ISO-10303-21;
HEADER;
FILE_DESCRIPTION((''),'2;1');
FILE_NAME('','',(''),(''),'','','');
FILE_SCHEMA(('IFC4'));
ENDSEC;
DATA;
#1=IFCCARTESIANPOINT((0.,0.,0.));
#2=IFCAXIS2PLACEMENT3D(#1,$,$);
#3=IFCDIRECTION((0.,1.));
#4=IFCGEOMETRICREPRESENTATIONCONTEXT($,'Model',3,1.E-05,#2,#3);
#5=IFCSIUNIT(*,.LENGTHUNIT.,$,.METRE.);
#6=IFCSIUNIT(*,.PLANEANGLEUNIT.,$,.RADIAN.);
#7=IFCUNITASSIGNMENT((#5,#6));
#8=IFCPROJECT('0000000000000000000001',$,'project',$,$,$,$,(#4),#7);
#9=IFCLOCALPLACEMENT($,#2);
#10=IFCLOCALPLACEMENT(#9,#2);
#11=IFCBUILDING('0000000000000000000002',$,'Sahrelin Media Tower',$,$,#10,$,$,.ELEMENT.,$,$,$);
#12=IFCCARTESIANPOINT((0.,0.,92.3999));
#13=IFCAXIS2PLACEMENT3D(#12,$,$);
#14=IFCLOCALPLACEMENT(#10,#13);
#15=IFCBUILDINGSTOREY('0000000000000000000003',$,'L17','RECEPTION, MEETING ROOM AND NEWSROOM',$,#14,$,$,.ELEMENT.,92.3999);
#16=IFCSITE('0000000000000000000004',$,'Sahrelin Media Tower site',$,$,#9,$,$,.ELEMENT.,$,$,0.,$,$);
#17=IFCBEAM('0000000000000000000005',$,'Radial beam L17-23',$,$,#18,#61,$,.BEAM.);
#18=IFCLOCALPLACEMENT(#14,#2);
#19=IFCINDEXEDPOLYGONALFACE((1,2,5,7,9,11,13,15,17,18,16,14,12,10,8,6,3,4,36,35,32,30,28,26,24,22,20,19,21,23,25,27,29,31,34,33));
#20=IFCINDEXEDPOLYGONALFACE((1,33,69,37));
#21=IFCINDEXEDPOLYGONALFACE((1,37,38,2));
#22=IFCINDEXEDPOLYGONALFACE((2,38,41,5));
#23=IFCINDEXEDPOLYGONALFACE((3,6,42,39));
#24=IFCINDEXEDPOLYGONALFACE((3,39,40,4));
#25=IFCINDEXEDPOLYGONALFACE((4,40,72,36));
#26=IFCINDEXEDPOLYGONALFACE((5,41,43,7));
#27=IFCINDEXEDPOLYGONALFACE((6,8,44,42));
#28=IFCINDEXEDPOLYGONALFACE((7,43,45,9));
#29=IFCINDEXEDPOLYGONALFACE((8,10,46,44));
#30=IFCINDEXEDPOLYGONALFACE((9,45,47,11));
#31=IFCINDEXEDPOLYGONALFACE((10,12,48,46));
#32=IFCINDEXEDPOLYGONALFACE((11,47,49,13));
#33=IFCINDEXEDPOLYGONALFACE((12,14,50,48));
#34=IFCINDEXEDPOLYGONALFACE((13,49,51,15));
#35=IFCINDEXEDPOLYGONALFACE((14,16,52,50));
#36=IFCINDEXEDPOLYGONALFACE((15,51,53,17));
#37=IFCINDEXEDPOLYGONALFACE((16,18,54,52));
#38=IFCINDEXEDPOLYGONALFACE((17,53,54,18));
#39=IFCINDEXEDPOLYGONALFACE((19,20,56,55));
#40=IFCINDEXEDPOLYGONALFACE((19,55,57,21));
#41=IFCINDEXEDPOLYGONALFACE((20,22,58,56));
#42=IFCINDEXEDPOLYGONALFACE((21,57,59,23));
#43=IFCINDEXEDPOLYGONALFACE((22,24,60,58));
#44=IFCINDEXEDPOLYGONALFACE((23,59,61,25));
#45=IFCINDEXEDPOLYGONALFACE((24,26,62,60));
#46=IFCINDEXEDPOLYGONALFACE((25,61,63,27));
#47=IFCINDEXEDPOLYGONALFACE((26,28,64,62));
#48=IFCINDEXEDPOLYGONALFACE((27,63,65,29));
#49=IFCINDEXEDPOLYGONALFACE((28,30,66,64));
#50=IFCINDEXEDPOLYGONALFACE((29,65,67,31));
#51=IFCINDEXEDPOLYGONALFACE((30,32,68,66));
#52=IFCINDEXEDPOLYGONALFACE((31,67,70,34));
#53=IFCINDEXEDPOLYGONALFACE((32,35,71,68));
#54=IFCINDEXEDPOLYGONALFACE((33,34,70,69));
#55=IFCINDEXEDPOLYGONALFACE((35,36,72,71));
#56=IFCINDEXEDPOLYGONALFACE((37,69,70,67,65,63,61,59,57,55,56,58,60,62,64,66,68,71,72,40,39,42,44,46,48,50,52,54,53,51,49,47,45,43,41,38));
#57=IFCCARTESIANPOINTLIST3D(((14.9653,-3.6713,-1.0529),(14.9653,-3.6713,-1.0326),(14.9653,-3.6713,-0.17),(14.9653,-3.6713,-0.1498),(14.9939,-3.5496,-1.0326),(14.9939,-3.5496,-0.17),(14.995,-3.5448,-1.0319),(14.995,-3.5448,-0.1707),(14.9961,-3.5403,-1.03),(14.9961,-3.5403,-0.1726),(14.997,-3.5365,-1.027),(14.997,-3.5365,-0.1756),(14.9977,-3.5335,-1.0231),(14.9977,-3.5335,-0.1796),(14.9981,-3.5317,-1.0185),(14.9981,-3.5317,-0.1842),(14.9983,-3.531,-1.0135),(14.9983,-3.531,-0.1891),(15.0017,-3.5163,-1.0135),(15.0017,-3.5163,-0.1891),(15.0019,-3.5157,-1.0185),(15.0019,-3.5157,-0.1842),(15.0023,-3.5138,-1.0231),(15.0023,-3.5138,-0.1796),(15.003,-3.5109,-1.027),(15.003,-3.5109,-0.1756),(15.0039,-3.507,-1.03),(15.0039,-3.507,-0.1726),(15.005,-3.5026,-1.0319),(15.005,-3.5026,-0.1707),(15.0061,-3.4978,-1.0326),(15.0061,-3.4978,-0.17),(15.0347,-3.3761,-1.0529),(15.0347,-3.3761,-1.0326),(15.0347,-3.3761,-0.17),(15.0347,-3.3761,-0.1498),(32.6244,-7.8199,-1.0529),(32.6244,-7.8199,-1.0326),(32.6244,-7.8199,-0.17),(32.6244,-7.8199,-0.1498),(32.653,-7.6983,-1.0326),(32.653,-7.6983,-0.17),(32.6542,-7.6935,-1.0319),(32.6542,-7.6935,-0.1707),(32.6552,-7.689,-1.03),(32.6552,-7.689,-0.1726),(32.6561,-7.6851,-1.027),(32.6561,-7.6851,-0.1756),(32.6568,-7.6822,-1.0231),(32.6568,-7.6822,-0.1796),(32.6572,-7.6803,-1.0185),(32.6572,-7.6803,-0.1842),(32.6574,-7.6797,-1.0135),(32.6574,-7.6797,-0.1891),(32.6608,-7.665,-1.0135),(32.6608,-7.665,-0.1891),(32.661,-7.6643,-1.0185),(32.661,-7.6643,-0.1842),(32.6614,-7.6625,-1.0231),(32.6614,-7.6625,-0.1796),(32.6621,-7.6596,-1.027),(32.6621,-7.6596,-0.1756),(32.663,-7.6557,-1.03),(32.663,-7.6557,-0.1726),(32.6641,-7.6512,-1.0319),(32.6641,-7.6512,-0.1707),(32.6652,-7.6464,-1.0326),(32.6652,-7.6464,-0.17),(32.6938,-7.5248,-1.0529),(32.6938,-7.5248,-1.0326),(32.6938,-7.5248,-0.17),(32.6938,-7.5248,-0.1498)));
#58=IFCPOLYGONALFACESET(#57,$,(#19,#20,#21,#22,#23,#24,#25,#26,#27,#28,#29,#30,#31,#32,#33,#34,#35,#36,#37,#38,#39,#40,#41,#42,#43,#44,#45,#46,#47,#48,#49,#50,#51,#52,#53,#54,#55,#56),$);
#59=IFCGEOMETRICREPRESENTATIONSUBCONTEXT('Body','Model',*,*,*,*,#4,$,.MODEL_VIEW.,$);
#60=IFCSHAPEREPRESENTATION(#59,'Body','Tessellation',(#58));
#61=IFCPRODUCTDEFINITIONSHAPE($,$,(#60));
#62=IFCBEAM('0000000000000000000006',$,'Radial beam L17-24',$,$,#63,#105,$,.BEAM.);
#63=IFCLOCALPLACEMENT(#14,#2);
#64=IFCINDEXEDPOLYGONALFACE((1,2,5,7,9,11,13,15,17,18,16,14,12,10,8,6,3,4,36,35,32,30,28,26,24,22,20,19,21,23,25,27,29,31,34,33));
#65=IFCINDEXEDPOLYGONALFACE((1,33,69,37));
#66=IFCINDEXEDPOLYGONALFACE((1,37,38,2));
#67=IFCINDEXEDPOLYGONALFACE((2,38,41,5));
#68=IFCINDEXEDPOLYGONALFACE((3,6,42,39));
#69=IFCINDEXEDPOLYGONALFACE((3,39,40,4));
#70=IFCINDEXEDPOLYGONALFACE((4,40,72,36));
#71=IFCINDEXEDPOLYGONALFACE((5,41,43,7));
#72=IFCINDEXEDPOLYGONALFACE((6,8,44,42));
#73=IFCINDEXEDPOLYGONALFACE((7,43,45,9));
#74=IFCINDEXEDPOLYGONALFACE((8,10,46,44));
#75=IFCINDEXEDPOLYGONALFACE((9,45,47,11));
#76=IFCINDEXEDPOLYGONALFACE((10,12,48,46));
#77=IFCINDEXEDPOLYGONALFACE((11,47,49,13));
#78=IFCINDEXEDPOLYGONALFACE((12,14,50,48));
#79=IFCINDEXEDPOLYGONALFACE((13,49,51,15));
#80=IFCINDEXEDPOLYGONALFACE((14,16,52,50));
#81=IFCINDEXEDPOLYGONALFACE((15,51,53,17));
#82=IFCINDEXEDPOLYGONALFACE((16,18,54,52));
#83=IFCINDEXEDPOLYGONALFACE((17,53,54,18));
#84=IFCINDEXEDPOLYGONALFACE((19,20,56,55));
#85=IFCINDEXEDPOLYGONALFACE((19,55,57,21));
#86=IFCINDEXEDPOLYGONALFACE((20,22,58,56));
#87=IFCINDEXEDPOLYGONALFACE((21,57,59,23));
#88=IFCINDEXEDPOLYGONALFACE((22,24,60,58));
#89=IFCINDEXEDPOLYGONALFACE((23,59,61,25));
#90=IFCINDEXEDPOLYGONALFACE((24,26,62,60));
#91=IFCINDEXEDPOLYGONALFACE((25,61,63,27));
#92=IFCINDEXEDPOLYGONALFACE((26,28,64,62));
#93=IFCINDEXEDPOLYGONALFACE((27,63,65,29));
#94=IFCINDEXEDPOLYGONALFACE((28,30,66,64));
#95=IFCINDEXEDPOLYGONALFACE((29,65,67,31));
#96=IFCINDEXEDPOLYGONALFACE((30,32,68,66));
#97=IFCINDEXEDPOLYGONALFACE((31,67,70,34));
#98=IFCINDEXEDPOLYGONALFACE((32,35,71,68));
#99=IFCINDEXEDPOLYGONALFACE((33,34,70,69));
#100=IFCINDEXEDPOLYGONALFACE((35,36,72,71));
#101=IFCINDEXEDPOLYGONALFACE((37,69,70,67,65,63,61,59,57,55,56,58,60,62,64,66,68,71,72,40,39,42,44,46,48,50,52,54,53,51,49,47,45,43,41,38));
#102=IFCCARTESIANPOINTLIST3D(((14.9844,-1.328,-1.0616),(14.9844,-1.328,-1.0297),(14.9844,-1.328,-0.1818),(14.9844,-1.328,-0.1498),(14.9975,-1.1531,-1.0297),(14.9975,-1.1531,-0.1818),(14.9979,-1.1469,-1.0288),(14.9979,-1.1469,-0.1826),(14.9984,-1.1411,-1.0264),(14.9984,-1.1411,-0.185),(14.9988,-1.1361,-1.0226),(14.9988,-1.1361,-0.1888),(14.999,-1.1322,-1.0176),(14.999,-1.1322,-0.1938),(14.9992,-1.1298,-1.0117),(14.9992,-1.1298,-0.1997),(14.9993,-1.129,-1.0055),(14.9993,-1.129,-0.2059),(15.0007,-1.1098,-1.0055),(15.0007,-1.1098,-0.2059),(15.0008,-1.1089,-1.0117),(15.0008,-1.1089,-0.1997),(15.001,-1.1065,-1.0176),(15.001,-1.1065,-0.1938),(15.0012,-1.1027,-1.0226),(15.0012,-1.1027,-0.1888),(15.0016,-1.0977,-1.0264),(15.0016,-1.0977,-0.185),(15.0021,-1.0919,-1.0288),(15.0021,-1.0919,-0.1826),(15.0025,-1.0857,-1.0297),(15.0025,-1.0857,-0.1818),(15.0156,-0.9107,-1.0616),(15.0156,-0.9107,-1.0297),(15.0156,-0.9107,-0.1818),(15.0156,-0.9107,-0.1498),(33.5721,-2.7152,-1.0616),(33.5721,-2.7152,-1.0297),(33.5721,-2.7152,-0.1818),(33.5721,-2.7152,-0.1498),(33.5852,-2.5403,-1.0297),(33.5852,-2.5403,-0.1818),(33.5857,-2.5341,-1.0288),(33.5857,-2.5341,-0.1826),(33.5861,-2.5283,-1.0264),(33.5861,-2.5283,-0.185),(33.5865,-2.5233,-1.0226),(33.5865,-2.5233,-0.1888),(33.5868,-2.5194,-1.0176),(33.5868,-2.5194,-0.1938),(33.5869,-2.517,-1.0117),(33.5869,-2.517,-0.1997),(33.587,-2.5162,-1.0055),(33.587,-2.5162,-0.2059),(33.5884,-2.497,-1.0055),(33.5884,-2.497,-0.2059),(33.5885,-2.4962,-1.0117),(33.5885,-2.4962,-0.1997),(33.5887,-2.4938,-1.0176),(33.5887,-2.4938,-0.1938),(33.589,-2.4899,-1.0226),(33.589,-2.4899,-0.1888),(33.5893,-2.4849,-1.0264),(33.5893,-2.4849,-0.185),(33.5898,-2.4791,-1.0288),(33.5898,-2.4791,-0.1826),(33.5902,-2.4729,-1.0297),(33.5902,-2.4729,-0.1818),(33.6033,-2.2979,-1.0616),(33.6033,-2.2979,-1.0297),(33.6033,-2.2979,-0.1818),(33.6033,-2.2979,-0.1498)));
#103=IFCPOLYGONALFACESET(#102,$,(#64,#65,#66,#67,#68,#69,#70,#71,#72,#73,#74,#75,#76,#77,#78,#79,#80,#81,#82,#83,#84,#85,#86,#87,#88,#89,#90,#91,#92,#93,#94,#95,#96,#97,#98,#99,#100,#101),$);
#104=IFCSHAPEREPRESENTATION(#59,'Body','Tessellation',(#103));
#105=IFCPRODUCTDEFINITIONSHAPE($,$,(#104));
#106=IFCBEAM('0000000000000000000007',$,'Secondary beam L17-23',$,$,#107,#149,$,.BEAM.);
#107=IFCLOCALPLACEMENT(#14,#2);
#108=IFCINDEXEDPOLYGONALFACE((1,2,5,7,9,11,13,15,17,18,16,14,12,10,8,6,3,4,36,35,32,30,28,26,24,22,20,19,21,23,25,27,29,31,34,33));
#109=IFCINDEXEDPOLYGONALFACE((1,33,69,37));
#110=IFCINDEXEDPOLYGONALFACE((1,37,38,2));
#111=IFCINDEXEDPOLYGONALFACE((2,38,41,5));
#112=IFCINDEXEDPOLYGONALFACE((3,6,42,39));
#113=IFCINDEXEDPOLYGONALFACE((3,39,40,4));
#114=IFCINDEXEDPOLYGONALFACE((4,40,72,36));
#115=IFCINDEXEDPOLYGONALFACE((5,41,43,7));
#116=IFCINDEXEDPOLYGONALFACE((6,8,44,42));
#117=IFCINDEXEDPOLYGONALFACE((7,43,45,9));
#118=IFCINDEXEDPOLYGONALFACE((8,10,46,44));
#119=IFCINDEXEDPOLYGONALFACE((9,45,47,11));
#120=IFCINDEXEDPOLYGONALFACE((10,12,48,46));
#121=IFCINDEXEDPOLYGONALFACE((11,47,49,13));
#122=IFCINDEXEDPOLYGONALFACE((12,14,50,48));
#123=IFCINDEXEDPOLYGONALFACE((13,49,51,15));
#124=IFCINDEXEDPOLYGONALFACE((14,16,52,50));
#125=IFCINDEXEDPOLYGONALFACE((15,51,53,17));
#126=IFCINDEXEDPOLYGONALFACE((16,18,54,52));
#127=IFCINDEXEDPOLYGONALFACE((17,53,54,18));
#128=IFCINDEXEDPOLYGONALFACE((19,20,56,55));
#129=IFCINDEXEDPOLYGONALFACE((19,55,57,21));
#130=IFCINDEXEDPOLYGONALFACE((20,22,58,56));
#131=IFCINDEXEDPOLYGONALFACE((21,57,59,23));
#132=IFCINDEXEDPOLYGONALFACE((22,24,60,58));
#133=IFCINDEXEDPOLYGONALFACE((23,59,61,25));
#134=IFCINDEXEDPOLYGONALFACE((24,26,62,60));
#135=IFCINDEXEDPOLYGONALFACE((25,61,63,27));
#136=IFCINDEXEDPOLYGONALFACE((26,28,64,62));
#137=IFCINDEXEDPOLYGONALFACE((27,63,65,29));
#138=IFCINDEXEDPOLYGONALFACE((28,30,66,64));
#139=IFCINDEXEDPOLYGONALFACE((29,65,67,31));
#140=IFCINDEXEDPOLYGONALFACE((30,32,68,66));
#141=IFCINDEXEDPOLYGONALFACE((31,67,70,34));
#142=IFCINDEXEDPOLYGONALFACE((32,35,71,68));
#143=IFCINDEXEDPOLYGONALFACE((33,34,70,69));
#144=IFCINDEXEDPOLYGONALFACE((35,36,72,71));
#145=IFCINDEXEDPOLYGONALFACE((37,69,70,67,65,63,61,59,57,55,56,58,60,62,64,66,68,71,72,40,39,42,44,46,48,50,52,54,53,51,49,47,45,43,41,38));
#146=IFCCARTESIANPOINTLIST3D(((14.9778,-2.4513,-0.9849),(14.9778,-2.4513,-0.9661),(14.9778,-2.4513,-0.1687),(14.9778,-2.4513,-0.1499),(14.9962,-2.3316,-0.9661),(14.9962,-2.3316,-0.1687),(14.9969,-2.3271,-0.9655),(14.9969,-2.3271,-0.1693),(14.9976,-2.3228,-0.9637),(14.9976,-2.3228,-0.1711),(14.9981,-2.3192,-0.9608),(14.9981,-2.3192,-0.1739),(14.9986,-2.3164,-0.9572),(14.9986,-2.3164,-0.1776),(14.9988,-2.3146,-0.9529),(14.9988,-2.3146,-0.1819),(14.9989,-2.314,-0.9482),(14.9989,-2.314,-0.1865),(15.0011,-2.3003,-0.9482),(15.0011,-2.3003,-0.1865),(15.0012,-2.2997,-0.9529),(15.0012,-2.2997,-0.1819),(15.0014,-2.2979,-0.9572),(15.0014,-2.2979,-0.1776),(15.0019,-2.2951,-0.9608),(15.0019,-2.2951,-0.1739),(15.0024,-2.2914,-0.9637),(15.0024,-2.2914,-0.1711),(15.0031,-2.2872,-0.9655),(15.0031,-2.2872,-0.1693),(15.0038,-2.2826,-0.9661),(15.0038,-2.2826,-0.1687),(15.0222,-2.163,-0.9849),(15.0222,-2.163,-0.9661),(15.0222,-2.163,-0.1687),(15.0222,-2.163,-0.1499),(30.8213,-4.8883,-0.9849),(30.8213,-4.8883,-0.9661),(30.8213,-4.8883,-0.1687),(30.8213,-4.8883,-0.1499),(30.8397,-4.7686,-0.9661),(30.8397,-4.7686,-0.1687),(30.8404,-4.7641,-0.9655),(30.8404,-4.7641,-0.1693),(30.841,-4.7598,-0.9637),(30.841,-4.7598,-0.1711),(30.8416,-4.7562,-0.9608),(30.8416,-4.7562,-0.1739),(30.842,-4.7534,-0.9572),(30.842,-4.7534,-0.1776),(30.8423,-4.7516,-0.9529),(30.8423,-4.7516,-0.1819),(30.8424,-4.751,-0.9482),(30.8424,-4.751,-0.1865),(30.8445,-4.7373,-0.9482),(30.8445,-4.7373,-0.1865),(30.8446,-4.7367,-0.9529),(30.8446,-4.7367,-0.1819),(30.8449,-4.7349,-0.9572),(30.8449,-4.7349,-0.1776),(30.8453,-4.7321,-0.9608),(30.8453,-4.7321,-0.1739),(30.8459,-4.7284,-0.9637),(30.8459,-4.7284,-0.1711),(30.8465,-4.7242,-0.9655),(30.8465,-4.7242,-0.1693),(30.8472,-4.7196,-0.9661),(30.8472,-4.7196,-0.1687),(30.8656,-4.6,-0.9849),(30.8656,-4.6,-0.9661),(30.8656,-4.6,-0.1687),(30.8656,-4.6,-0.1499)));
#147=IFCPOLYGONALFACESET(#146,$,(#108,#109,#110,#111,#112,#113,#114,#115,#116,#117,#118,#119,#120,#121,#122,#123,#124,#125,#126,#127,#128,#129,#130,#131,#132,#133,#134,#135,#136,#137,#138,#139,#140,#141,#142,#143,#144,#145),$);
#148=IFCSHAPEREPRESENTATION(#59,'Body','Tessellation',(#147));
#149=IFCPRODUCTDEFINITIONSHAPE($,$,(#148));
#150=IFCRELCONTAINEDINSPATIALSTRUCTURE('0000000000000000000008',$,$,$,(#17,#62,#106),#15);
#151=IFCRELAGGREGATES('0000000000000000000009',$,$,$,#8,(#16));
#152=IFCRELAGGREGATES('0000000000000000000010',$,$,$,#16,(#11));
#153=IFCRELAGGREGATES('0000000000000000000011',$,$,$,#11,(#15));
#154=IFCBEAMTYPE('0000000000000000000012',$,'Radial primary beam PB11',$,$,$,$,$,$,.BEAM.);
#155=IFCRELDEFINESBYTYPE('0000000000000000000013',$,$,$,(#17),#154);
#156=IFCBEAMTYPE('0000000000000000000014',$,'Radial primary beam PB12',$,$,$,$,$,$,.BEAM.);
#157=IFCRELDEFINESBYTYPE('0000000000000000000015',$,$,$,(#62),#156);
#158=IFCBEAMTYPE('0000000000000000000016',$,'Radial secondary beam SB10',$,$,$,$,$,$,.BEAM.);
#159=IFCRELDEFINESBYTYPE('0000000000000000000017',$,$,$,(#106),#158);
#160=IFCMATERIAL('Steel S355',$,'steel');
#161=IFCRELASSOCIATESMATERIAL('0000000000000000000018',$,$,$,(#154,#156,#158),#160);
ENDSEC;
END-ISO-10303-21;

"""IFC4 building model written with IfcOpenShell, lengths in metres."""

from ifc_helpers import new_model, si_unit, direction, frame, origin, origin_2d, place, context, subcontext, project, spatial, i_section, extrude, material, material_profile, profile_set, type_object, element, save


model = new_model("IFC4")

# Units and contexts
model_context = context("Model", 3, precision=1e-05, world=origin(), true_north=direction((0.0, 1.0)))
body_context = subcontext(model_context, "Body", "Model", "MODEL_VIEW")
ifc_project = project(units=[si_unit("LENGTHUNIT", "METRE"), si_unit("PLANEANGLEUNIT", "RADIAN")], contexts=[model_context])

# Site, building, storey
site_placement = place(None, origin())
site = spatial("IfcSite", under=ifc_project, at=site_placement, Name="Sahrelin Media Tower site", CompositionType="ELEMENT", RefElevation=0.0)
building_placement = place(site_placement, origin())
building = spatial("IfcBuilding", under=site, at=building_placement, Name="Sahrelin Media Tower", CompositionType="ELEMENT")
storey_placement = place(building_placement, frame((0.0, 0.0, 92.3999)))
storey = spatial("IfcBuildingStorey", under=building, at=storey_placement, Name="L17", Description="RECEPTION, MEETING ROOM AND NEWSROOM", CompositionType="ELEMENT", Elevation=92.3999)

# Shared definitions
ifc_material_1 = material(Name="Steel S355", Category="steel")

# Beams
ifc_material_profile_1 = material_profile(ifc_material_1, i_section(OverallWidth=0.3032, OverallDepth=0.9031, WebThickness=0.0151, FlangeThickness=0.0203, FilletRadius=0.019, at=origin_2d()), Name="UB 914x305x201")
ifc_profile_set_1 = profile_set([ifc_material_profile_1], Name="Steel S355")
beam_type_1 = type_object("IfcBeamType", Name="Radial primary beam PB11", PredefinedType="BEAM", material=ifc_profile_set_1)
beam_1_placement = place(storey_placement, frame((15.0, -3.5237, -0.6013), z_axis=(0.973496, -0.228704, 0.0), x_axis=(0.228704, 0.973496, 0.0)))
element("IfcBeam", 1, at=beam_1_placement, inside=storey, type_object=beam_type_1, Name="Radial beam L17-23", PredefinedType="BEAM", context=body_context, shape_type="SweptSolid", body=[
    extrude(i_section(OverallWidth=0.3032, OverallDepth=0.9031, WebThickness=0.0151, FlangeThickness=0.0203, FilletRadius=0.019, at=origin_2d()), origin(), (0.0, 0.0, 1.0), 18.1399),
])
ifc_material_profile_2 = material_profile(ifc_material_1, i_section(OverallWidth=0.4185, OverallDepth=0.9119, WebThickness=0.0193, FlangeThickness=0.032, FilletRadius=0.0242, at=origin_2d()), Name="UB 914x419x343")
ifc_profile_set_2 = profile_set([ifc_material_profile_2], Name="Steel S355")
beam_type_2 = type_object("IfcBeamType", Name="Radial primary beam PB12", PredefinedType="BEAM", material=ifc_profile_set_2)
beam_2_placement = place(storey_placement, frame((15.0, -1.1194, -0.6057), z_axis=(0.997227, -0.074424, 0.0), x_axis=(0.074424, 0.997227, 0.0)))
element("IfcBeam", 2, at=beam_2_placement, inside=storey, type_object=beam_type_2, Name="Radial beam L17-24", PredefinedType="BEAM", context=body_context, shape_type="SweptSolid", body=[
    extrude(i_section(OverallWidth=0.4185, OverallDepth=0.9119, WebThickness=0.0193, FlangeThickness=0.032, FilletRadius=0.0242, at=origin_2d()), origin(), (0.0, 0.0, 1.0), 18.6394),
])
ifc_material_profile_3 = material_profile(ifc_material_1, i_section(OverallWidth=0.2917, OverallDepth=0.835, WebThickness=0.0139, FlangeThickness=0.0188, FilletRadius=0.0178, at=origin_2d()), Name="UB 838x292x176")
ifc_profile_set_3 = profile_set([ifc_material_profile_3], Name="Steel S355")
beam_type_3 = type_object("IfcBeamType", Name="Radial secondary beam SB10", PredefinedType="BEAM", material=ifc_profile_set_3)
beam_3_placement = place(storey_placement, frame((15.0, -2.3071, -0.5674), z_axis=(0.988376, -0.15203, 0.0), x_axis=(0.15203, 0.988376, 0.0)))
element("IfcBeam", 3, at=beam_3_placement, inside=storey, type_object=beam_type_3, Name="Secondary beam L17-23", PredefinedType="BEAM", context=body_context, shape_type="SweptSolid", body=[
    extrude(i_section(OverallWidth=0.2917, OverallDepth=0.835, WebThickness=0.0139, FlangeThickness=0.0188, FilletRadius=0.0178, at=origin_2d()), origin(), (0.0, 0.0, 1.0), 16.0298),
])

save(model, "model.ifc")
